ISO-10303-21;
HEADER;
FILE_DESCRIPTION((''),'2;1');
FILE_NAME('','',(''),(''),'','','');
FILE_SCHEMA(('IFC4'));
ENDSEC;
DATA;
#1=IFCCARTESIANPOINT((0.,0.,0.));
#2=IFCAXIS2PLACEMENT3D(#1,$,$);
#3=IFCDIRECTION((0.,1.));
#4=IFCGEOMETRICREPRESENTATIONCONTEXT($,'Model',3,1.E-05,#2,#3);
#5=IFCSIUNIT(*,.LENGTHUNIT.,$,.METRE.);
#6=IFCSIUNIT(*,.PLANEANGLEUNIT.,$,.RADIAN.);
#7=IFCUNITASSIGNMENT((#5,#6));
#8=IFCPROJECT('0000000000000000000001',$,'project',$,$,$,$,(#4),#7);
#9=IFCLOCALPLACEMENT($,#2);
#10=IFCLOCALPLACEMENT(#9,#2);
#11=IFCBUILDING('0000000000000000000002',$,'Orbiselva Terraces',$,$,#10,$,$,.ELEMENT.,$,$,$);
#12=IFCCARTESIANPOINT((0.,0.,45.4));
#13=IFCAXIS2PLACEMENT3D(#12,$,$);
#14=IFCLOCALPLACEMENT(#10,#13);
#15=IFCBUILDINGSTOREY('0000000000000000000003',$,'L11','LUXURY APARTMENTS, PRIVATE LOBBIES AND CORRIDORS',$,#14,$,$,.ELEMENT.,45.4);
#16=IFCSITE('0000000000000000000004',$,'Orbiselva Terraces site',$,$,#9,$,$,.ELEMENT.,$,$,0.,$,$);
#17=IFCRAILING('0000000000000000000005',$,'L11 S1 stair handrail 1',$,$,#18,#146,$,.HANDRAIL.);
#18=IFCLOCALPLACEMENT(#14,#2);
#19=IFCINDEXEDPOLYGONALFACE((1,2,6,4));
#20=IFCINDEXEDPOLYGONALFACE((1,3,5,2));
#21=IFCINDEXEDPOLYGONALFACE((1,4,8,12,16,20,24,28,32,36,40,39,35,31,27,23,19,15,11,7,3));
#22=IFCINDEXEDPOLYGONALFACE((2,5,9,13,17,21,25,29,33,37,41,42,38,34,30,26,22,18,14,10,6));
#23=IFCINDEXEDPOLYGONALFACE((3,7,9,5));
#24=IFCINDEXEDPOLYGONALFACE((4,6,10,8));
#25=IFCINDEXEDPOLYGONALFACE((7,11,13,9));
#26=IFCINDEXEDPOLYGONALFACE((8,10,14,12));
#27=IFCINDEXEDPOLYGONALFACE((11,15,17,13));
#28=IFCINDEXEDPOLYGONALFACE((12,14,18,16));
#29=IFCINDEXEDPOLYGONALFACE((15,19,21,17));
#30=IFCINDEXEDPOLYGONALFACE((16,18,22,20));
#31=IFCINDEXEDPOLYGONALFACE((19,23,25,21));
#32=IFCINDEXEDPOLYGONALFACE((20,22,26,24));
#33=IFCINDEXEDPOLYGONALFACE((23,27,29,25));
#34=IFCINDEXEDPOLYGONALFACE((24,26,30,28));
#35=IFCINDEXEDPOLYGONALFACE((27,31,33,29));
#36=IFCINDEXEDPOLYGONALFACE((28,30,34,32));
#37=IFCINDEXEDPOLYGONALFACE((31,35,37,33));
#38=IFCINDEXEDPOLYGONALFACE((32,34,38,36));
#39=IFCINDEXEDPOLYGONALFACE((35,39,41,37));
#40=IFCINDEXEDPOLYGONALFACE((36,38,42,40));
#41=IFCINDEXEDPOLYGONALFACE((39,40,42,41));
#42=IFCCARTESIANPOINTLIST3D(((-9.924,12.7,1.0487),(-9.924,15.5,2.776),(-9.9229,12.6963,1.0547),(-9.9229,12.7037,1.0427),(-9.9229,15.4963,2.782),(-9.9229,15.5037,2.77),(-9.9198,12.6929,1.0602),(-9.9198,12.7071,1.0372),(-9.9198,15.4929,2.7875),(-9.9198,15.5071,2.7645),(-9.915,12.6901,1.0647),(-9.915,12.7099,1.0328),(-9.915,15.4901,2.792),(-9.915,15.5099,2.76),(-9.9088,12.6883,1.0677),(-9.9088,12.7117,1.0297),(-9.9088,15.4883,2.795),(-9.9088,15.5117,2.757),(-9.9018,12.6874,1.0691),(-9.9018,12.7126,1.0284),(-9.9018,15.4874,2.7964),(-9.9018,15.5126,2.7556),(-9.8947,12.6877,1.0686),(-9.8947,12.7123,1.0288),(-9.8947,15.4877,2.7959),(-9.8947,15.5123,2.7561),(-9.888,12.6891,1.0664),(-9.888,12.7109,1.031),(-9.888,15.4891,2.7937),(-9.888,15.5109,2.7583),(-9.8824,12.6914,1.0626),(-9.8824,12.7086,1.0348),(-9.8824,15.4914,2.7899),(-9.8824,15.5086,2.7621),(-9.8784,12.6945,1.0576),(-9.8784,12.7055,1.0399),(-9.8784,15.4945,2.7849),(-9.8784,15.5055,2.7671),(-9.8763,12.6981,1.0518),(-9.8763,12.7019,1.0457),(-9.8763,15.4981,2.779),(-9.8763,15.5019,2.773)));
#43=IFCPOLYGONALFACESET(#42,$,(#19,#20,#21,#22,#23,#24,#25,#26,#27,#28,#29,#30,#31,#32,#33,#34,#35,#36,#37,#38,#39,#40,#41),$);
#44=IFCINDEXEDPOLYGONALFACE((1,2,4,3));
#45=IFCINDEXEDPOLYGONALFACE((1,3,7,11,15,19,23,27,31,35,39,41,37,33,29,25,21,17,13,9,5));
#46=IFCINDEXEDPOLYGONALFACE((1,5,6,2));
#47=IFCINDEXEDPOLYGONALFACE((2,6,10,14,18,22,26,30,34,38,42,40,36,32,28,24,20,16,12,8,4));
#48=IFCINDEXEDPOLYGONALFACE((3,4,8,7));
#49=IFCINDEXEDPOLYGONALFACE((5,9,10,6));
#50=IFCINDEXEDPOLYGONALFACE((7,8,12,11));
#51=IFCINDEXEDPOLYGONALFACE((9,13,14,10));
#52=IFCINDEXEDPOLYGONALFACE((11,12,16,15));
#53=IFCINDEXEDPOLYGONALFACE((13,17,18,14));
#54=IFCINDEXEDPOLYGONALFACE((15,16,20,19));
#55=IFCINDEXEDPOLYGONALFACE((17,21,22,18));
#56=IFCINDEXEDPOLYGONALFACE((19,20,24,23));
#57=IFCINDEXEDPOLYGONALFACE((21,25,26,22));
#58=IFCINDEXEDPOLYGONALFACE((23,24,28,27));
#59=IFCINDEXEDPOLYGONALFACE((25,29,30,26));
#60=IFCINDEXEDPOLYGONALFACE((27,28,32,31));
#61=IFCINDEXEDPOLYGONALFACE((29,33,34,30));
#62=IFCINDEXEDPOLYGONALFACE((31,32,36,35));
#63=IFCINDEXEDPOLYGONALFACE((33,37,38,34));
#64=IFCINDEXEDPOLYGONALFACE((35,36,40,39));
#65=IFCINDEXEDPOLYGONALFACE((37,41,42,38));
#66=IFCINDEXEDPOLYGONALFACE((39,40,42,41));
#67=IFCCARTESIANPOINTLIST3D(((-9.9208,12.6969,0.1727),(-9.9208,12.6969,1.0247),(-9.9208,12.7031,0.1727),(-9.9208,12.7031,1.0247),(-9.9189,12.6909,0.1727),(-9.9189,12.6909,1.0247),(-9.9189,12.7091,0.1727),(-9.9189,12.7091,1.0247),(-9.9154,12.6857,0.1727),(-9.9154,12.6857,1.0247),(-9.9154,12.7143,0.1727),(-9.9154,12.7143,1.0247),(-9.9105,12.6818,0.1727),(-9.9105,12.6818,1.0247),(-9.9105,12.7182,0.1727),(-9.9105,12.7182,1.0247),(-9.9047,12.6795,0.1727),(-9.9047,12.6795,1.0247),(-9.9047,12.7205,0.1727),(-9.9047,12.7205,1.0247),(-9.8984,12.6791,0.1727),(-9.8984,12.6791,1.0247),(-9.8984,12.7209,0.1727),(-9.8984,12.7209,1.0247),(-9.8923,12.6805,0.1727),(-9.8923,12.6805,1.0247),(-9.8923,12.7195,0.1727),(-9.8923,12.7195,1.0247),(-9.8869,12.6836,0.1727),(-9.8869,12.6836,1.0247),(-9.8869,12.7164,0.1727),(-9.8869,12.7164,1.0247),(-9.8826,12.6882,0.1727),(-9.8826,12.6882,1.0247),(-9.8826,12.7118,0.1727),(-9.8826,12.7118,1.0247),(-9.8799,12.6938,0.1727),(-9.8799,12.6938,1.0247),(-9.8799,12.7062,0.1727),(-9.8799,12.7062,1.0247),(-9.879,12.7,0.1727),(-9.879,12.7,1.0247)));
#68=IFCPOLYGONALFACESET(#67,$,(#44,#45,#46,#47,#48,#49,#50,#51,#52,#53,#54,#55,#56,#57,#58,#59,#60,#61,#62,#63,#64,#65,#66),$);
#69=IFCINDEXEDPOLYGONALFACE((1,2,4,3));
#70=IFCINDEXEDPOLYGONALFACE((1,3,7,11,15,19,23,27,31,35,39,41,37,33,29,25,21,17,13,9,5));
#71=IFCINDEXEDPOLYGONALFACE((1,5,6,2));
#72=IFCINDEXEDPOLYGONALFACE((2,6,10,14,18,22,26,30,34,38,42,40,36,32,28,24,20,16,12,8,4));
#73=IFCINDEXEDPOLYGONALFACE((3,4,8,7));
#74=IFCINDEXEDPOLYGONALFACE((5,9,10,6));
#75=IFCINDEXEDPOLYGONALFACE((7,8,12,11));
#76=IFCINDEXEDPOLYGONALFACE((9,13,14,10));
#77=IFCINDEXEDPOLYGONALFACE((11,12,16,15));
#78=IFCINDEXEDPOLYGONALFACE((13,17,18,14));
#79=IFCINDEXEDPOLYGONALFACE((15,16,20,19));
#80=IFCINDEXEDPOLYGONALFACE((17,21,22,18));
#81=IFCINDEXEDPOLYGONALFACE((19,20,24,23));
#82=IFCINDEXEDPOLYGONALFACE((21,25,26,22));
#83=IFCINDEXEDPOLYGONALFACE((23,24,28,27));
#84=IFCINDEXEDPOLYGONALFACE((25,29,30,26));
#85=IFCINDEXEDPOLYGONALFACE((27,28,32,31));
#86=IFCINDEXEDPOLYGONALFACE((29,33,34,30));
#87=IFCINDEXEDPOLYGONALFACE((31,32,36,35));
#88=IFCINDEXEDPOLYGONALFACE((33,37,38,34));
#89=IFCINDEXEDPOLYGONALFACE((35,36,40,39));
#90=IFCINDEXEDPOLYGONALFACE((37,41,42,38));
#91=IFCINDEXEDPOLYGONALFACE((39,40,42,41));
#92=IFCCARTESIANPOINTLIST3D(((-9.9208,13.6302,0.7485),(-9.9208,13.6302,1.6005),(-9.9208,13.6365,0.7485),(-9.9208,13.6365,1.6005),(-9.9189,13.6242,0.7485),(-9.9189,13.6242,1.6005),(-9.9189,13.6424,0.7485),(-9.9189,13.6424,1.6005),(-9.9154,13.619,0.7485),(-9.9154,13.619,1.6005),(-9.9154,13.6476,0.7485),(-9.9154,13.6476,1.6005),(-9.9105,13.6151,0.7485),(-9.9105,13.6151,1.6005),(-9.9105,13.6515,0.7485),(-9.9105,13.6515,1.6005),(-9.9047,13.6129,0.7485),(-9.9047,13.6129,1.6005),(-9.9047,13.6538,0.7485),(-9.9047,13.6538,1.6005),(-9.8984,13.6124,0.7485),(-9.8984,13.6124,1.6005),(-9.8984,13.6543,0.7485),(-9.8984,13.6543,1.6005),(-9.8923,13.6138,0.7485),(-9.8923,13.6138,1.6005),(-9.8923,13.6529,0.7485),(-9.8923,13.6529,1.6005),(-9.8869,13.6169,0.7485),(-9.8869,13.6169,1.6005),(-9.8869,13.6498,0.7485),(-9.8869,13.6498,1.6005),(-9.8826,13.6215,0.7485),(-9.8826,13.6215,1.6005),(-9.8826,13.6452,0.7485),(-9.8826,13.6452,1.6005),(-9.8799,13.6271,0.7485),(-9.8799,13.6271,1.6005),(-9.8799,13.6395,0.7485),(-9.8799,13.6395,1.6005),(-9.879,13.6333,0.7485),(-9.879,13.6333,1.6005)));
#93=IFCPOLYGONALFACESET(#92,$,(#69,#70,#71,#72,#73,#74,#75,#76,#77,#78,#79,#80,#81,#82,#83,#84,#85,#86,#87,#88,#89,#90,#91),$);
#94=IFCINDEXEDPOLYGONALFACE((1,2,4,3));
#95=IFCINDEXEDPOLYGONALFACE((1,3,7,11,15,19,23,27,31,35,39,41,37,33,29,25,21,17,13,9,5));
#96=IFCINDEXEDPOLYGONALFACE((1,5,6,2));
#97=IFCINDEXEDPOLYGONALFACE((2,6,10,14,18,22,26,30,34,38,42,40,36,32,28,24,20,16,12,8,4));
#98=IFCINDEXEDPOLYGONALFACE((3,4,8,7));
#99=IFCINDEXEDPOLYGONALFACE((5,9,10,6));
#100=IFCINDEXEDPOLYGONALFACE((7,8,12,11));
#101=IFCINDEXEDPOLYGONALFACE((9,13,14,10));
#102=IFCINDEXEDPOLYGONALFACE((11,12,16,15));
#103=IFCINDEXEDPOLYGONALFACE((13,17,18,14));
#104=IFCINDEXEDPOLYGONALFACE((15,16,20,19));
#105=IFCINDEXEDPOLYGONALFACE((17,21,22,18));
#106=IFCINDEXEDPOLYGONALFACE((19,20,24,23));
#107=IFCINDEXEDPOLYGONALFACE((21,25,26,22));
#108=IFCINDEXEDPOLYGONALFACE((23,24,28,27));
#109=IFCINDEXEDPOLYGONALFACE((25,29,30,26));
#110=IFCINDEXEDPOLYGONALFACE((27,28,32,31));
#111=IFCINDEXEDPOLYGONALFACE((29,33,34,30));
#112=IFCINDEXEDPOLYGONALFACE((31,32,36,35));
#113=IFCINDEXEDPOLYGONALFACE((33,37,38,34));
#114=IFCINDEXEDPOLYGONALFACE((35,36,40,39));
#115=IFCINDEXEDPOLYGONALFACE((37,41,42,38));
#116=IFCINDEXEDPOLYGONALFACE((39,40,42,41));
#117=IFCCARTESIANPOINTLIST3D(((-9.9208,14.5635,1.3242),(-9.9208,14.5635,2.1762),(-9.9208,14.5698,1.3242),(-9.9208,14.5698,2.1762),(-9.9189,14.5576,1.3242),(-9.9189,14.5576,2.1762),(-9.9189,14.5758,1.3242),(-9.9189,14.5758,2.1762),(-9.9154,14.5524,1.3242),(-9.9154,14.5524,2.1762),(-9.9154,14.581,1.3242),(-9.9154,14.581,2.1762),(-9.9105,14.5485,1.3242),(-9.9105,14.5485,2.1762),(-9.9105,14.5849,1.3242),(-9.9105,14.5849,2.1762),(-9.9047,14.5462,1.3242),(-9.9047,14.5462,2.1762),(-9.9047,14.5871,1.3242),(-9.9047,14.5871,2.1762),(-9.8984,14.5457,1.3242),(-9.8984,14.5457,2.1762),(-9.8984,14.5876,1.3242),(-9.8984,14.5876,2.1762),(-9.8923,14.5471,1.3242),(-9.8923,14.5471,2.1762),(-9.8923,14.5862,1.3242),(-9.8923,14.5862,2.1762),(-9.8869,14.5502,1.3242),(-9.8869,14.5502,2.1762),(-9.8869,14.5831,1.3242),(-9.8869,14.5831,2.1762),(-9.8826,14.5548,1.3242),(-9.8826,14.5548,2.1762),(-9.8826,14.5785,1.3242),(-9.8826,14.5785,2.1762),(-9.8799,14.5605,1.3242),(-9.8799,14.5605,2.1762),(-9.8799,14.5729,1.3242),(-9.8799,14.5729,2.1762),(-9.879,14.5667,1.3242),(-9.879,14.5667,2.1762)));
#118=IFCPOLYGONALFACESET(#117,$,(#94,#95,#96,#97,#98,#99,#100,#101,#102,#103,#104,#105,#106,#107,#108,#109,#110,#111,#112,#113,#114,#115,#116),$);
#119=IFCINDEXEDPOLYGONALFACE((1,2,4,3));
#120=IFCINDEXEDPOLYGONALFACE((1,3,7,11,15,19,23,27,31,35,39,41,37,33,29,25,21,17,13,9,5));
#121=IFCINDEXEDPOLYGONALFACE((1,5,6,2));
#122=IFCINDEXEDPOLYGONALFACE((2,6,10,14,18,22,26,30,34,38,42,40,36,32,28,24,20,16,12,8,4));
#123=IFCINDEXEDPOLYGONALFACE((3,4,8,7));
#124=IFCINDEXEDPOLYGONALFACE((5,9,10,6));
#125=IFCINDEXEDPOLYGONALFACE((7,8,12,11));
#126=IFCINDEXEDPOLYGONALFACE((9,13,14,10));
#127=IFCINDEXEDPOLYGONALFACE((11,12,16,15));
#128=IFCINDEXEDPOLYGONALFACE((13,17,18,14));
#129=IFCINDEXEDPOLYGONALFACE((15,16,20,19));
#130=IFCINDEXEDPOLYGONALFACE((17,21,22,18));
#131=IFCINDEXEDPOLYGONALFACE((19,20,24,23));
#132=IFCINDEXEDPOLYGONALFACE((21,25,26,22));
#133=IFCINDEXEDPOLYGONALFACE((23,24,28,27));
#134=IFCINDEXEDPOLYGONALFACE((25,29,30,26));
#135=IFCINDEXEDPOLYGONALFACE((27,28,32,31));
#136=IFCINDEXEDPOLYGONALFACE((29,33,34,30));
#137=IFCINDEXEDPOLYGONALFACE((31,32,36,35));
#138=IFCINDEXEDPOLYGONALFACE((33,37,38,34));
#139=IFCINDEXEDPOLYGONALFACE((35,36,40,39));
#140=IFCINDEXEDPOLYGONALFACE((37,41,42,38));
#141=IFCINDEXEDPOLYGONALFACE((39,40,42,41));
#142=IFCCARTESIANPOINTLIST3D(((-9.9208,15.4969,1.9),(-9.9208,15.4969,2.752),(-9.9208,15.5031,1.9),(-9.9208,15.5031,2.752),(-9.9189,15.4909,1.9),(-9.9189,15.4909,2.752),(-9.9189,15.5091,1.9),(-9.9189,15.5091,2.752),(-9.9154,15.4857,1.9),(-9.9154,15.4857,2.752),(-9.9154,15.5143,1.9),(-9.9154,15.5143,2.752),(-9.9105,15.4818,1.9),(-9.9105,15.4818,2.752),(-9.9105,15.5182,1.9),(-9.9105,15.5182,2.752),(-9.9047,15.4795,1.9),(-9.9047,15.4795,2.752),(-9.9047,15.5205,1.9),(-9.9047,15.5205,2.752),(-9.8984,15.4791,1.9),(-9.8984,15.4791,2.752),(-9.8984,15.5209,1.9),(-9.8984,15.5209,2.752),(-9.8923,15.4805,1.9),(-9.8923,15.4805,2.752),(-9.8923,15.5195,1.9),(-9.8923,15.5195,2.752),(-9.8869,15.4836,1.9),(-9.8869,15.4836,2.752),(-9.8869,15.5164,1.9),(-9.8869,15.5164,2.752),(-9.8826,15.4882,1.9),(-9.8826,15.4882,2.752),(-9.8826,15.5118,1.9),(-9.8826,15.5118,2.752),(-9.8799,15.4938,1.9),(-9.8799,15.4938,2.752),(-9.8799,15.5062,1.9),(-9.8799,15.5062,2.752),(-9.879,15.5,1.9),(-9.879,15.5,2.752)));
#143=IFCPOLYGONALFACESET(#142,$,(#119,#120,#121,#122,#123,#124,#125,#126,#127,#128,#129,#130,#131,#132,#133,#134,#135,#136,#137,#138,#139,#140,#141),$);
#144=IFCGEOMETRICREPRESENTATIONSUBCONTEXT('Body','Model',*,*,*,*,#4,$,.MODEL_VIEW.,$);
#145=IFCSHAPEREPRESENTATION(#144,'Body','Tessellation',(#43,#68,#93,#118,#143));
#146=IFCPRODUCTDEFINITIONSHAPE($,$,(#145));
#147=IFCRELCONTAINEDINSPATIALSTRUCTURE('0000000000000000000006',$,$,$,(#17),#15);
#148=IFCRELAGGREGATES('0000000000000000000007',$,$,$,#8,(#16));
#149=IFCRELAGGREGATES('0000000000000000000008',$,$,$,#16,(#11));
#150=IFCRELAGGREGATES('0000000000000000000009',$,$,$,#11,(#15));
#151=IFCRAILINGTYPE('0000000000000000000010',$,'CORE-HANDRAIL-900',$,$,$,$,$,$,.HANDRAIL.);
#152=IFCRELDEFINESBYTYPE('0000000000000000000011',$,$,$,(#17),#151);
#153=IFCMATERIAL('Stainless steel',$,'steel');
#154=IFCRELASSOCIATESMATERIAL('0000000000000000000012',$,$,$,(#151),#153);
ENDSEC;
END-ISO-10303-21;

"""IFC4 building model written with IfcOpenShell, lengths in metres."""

from ifc_helpers import new_model, si_unit, direction, frame, origin, origin_2d, place, context, subcontext, project, spatial, circle, extrude, material, type_object, element, save


model = new_model("IFC4")

# Units and contexts
model_context = context("Model", 3, precision=1e-05, world=origin(), true_north=direction((0.0, 1.0)))
body_context = subcontext(model_context, "Body", "Model", "MODEL_VIEW")
ifc_project = project(units=[si_unit("LENGTHUNIT", "METRE"), si_unit("PLANEANGLEUNIT", "RADIAN")], contexts=[model_context])

# Site, building, storey
site_placement = place(None, origin())
site = spatial("IfcSite", under=ifc_project, at=site_placement, Name="Orbiselva Terraces site", CompositionType="ELEMENT", RefElevation=0.0)
building_placement = place(site_placement, origin())
building = spatial("IfcBuilding", under=site, at=building_placement, Name="Orbiselva Terraces", CompositionType="ELEMENT")
storey_placement = place(building_placement, frame((0.0, 0.0, 45.4)))
storey = spatial("IfcBuildingStorey", under=building, at=storey_placement, Name="L11", Description="LUXURY APARTMENTS, PRIVATE LOBBIES AND CORRIDORS", CompositionType="ELEMENT", Elevation=45.4)

# Railing
ifc_material_1 = material(Name="Stainless steel", Category="steel")
railing_type_1 = type_object("IfcRailingType", Name="CORE-HANDRAIL-900", PredefinedType="HANDRAIL", material=ifc_material_1)
railing_1_placement = place(storey_placement, frame((-9.9, 12.7, 0.1727)))
element("IfcRailing", 1, at=railing_1_placement, inside=storey, type_object=railing_type_1, Name="L11 S1 stair handrail 1", PredefinedType="HANDRAIL", context=body_context, shape_type="SweptSolid", body=[
    extrude(circle(Radius=0.024, at=origin_2d()), frame((0.0, 0.0, 0.876), z_axis=(0.0, 0.851089, 0.525022), x_axis=(-1.0, 0.0, 0.0)), (0.0, 0.0, 1.0), 3.2899),
    extrude(circle(Radius=0.021, at=origin_2d()), origin(), (0.0, 0.0, 1.0), 0.852),
    extrude(circle(Radius=0.021, at=origin_2d()), frame((0.0, 0.9333, 0.5758)), (0.0, 0.0, 1.0), 0.852),
    extrude(circle(Radius=0.021, at=origin_2d()), frame((0.0, 1.8667, 1.1515)), (0.0, 0.0, 1.0), 0.852),
    extrude(circle(Radius=0.021, at=origin_2d()), frame((0.0, 2.8, 1.7273)), (0.0, 0.0, 1.0), 0.852),
])

save(model, "model.ifc")
